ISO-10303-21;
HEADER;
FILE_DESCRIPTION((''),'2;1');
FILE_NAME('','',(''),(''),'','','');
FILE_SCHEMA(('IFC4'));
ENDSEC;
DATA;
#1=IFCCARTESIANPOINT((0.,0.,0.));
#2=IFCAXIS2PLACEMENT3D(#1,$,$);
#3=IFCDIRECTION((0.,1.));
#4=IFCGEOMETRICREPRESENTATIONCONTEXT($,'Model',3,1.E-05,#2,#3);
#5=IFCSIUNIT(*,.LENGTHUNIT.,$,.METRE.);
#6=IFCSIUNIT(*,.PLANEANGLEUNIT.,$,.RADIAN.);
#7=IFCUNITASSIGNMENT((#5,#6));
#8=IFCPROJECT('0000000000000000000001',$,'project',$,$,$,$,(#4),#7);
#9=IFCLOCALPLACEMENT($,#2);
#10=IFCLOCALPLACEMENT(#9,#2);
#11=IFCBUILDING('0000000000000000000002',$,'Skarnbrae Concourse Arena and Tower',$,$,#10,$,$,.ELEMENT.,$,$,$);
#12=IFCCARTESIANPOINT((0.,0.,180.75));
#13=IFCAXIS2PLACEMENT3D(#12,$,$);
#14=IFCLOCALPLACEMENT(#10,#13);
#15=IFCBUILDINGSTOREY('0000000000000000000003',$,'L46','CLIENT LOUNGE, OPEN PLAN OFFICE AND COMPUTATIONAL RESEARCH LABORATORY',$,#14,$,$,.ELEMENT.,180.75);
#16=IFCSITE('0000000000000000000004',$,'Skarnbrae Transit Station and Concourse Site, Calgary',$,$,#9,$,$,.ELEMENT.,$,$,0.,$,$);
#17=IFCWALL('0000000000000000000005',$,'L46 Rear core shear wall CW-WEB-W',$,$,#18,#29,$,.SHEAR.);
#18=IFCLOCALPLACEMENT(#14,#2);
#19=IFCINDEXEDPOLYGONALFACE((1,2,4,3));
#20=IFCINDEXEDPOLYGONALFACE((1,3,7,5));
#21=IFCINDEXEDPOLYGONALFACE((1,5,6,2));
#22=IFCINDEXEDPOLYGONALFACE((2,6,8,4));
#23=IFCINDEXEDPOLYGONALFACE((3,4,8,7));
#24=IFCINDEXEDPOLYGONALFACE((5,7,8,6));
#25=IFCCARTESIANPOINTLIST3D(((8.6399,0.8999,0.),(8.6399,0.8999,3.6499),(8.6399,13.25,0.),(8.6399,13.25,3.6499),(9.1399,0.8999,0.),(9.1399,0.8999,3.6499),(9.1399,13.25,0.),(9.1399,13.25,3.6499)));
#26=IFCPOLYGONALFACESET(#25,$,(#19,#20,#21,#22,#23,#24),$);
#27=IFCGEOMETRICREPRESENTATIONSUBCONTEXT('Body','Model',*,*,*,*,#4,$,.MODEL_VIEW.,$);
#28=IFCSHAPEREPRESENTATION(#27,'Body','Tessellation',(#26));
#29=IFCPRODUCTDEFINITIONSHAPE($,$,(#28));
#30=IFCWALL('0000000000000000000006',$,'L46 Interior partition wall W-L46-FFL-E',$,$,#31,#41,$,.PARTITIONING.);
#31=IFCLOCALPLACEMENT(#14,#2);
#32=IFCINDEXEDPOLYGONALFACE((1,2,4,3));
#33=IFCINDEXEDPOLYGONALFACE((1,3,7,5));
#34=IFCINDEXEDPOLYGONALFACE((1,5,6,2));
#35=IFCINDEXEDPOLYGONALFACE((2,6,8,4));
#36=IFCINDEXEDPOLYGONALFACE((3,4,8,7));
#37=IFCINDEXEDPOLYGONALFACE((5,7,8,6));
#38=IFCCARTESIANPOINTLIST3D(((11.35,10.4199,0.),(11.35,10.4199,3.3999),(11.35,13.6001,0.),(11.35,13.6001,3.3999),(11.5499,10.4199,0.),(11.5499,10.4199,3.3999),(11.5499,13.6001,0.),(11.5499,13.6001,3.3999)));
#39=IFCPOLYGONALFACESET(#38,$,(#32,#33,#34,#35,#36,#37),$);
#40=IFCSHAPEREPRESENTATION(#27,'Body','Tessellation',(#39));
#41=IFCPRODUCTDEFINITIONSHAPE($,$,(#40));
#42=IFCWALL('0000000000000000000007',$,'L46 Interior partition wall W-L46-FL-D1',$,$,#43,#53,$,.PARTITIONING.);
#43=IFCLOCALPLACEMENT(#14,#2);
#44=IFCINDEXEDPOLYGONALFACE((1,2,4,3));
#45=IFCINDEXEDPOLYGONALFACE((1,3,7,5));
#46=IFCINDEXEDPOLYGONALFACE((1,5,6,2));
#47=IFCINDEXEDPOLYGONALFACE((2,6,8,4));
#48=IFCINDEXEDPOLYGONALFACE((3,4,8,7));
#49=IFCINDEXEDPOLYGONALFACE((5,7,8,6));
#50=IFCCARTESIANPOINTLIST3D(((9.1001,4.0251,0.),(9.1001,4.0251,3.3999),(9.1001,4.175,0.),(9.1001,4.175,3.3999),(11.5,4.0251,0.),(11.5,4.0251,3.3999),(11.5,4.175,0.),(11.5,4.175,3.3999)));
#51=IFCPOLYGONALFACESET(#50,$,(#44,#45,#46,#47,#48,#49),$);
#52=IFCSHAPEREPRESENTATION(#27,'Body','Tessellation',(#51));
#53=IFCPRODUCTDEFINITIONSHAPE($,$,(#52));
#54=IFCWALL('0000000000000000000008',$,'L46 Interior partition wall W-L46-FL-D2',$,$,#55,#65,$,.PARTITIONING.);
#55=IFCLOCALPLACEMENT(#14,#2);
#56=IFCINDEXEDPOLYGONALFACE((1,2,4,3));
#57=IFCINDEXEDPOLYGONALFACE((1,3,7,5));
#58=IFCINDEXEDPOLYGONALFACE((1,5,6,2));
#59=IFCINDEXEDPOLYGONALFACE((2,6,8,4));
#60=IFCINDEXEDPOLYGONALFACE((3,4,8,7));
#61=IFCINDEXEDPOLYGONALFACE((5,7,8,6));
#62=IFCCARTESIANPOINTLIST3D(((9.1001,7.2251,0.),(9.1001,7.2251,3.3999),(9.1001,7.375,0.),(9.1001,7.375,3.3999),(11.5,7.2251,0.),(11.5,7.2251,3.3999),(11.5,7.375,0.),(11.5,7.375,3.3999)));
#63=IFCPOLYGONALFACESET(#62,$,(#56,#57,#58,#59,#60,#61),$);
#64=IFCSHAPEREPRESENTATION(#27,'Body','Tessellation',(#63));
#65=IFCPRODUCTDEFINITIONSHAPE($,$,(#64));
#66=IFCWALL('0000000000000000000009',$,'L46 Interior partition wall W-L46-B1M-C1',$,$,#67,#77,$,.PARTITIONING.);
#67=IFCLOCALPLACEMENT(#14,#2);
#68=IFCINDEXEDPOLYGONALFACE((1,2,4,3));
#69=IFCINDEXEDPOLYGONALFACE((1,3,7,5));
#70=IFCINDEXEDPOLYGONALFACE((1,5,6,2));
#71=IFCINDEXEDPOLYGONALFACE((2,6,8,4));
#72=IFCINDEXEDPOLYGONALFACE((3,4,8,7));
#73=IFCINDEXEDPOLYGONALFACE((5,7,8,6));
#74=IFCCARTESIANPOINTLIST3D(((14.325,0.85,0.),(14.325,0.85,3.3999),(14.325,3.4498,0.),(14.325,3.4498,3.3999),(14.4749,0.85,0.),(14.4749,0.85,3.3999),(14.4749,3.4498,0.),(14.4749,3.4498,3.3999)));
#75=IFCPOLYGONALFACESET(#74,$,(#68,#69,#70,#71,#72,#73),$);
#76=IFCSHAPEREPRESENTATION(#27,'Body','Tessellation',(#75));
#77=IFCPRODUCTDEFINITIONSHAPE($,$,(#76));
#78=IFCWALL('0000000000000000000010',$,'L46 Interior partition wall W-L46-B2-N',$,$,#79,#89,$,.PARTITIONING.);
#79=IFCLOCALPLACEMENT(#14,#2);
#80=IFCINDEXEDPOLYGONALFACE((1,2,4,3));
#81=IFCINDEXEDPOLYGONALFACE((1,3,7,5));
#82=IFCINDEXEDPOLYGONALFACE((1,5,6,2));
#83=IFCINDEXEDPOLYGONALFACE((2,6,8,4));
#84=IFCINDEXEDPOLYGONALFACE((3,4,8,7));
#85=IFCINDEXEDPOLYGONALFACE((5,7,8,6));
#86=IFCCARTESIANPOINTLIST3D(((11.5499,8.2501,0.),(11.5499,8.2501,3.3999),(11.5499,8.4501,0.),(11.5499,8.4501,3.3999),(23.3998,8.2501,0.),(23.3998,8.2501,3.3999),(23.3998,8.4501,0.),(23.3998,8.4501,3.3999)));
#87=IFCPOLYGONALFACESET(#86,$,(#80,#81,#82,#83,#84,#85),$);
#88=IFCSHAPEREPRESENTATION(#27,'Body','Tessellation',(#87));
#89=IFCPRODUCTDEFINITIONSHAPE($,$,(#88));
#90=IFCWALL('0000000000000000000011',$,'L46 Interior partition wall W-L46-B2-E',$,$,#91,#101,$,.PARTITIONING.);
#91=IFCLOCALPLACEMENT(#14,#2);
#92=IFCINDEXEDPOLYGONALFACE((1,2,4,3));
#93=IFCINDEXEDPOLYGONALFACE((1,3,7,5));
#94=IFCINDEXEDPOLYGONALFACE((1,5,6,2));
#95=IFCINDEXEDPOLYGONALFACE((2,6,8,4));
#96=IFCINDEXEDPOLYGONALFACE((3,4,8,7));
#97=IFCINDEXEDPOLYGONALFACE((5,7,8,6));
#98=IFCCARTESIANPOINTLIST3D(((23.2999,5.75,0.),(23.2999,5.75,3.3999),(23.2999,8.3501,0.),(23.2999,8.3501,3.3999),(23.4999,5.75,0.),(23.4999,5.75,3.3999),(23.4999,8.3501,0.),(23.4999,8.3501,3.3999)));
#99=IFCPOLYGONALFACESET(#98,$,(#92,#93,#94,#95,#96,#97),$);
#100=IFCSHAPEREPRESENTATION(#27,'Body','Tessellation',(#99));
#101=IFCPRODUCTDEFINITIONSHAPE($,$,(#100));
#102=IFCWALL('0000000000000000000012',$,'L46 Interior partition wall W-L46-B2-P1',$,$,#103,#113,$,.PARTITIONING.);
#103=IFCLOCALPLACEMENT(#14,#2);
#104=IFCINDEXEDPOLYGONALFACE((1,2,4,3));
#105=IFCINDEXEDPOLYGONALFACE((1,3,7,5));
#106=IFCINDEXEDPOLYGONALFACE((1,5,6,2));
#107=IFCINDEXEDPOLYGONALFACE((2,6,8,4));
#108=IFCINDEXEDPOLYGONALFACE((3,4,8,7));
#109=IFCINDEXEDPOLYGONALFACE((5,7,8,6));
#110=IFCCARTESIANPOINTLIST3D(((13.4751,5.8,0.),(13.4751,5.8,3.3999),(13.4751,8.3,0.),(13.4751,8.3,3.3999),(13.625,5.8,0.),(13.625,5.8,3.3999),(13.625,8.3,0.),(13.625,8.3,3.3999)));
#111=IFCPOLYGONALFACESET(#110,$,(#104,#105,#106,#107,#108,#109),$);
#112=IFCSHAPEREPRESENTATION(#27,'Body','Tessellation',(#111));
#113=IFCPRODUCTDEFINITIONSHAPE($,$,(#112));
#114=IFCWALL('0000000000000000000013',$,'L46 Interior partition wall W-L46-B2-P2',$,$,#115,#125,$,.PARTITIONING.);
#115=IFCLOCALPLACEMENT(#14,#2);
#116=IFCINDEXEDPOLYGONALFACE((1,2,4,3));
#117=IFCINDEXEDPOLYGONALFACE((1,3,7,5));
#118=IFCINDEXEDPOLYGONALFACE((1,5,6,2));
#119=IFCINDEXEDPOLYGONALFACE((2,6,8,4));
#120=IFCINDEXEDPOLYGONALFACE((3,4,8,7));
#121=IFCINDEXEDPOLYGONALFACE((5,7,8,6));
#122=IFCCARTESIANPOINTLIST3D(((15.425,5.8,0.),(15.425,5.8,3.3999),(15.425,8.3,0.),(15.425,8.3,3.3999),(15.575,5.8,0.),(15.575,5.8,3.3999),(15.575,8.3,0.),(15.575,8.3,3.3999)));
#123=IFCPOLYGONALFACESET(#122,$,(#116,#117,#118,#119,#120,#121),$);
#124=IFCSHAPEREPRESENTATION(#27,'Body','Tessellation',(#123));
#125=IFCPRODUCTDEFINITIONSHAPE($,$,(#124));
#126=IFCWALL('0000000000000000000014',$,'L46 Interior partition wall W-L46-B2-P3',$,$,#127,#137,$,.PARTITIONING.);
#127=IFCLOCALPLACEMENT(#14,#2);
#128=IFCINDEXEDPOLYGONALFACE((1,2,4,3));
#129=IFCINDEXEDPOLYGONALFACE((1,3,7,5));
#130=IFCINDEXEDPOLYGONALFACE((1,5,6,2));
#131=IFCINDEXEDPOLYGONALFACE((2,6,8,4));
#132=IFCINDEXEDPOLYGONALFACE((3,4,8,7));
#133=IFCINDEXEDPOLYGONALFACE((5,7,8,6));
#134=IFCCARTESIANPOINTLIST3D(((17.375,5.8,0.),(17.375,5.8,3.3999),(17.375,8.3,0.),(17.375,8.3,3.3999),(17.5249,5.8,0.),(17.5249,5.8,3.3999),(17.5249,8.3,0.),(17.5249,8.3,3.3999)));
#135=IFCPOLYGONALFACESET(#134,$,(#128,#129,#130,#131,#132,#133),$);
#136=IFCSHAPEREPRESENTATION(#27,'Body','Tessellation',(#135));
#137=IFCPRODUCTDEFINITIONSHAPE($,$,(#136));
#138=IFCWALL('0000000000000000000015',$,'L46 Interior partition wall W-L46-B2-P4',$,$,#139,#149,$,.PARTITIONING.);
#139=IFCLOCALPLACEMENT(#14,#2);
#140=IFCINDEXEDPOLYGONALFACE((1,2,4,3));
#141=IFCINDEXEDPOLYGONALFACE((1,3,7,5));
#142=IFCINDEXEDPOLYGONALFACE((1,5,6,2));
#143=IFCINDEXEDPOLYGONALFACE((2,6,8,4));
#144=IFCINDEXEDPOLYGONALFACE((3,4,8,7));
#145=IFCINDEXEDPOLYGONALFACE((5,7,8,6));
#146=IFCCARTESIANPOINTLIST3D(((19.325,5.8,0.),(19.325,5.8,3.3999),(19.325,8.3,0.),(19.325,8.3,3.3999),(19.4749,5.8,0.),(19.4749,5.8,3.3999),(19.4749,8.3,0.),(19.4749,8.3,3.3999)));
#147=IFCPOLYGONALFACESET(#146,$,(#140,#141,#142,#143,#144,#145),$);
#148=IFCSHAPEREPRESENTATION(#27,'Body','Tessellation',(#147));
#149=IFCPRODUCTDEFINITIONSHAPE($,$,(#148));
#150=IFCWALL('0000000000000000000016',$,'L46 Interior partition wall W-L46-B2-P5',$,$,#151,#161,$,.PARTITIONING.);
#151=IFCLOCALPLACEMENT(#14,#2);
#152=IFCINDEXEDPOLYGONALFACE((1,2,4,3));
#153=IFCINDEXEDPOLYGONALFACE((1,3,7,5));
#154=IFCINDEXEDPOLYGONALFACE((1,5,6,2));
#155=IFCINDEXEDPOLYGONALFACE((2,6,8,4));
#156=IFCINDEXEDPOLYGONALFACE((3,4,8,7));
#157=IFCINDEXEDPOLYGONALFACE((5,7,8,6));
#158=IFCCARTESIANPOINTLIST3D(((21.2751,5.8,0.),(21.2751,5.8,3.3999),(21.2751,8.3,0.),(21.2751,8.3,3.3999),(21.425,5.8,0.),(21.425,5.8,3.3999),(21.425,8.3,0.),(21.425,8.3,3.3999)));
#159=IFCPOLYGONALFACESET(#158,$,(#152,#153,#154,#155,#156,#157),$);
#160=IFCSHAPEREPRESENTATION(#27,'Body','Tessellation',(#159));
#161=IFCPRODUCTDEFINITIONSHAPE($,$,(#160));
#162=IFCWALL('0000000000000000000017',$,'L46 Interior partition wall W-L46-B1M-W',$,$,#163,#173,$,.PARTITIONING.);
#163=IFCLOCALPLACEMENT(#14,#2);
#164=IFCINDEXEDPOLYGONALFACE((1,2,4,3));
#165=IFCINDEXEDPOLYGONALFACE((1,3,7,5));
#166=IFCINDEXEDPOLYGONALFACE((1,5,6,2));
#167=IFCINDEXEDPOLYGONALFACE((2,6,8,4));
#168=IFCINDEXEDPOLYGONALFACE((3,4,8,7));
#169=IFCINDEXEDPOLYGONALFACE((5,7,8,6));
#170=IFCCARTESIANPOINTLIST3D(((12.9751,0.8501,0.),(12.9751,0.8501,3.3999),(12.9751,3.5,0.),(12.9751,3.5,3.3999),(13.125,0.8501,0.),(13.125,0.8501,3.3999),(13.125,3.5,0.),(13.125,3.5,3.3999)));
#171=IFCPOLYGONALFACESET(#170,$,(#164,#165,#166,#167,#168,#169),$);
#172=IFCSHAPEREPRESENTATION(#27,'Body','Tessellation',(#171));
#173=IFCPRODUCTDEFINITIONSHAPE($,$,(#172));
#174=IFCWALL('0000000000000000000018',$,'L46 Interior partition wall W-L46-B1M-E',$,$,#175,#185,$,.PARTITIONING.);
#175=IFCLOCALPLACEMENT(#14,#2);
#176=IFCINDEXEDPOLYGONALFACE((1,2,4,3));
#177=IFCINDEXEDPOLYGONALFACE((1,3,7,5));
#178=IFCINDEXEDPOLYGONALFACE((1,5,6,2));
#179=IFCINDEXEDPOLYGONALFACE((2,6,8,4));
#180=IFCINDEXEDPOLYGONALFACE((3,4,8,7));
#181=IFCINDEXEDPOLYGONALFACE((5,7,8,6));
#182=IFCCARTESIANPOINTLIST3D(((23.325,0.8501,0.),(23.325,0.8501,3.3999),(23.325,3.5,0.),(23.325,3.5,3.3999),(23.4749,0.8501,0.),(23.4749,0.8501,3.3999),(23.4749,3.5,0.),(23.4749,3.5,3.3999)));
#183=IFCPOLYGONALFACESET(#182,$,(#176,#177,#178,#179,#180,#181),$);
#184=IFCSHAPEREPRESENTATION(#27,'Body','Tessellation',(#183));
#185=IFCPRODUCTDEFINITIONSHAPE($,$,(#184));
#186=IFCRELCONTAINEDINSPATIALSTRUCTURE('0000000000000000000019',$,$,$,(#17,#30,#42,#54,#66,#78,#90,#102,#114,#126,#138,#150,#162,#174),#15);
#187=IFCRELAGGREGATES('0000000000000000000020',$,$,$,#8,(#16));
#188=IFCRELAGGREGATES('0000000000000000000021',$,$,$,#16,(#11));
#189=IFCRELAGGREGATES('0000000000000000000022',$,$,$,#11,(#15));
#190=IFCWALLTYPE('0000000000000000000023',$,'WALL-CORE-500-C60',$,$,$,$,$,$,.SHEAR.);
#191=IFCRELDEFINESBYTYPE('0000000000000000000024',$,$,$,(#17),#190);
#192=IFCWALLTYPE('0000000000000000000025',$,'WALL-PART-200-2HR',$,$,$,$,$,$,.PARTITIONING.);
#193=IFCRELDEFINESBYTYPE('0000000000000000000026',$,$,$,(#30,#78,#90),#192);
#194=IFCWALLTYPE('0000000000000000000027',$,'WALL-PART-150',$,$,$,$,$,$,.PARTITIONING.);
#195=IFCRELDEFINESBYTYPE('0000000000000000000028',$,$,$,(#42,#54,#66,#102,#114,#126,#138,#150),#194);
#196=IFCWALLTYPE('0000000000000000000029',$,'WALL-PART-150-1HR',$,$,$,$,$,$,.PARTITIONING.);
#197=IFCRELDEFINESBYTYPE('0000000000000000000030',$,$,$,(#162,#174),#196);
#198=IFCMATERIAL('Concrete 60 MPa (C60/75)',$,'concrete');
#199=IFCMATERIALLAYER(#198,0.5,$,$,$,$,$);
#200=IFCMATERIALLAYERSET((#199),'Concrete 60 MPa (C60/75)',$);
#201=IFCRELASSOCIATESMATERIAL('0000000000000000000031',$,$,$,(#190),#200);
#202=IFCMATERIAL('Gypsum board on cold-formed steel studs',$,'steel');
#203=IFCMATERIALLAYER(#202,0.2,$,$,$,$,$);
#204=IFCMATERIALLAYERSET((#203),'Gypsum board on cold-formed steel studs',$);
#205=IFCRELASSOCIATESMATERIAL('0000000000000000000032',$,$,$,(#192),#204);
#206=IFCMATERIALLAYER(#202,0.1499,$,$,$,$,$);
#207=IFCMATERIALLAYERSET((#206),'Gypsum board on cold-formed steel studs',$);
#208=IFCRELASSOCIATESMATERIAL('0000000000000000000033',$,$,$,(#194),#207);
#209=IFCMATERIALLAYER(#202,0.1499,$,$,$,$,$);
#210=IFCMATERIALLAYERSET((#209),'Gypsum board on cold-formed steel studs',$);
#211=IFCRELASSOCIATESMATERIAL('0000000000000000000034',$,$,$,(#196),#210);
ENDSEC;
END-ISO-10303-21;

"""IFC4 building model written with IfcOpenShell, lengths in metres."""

from ifc_helpers import new_model, si_unit, direction, frame, frame_2d, origin, place, context, subcontext, project, spatial, rectangle, extrude, source, transform, mapped, material, layer, layer_set, type_object, element, save


model = new_model("IFC4")

# Units and contexts
model_context = context("Model", 3, precision=1e-05, world=origin(), true_north=direction((0.0, 1.0)))
body_context = subcontext(model_context, "Body", "Model", "MODEL_VIEW")
ifc_project = project(units=[si_unit("LENGTHUNIT", "METRE"), si_unit("PLANEANGLEUNIT", "RADIAN")], contexts=[model_context])

# Site, building, storey
site_placement = place(None, origin())
site = spatial("IfcSite", under=ifc_project, at=site_placement, Name="Skarnbrae Transit Station and Concourse Site, Calgary", CompositionType="ELEMENT", RefElevation=0.0)
building_placement = place(site_placement, origin())
building = spatial("IfcBuilding", under=site, at=building_placement, Name="Skarnbrae Concourse Arena and Tower", CompositionType="ELEMENT")
storey_placement = place(building_placement, frame((0.0, 0.0, 180.75)))
storey = spatial("IfcBuildingStorey", under=building, at=storey_placement, Name="L46", Description="CLIENT LOUNGE, OPEN PLAN OFFICE AND COMPUTATIONAL RESEARCH LABORATORY", CompositionType="ELEMENT", Elevation=180.75)

# Walls
ifc_material_1 = material(Name="Concrete 60 MPa (C60/75)", Category="concrete")
ifc_layer_1 = layer(ifc_material_1, 0.5)
ifc_layer_set_1 = layer_set([ifc_layer_1], Name="Concrete 60 MPa (C60/75)")
wall_type_1 = type_object("IfcWallType", Name="WALL-CORE-500-C60", PredefinedType="SHEAR", material=ifc_layer_set_1)
shared_shape_1 = source(origin(), body_context, "Body", "SweptSolid", [
    extrude(rectangle(XDim=12.3501, YDim=0.5, at=frame_2d((6.175, 0.0))), origin(), (0.0, 0.0, 1.0), 3.6499),
])
wall_1_placement = place(storey_placement, frame((8.8899, 0.8999, 0.0), z_axis=(0.0, 0.0, 1.0), x_axis=(0.0, 1.0, 0.0)))
element("IfcWall", 1, at=wall_1_placement, inside=storey, type_object=wall_type_1, Name="L46 Rear core shear wall CW-WEB-W", PredefinedType="SHEAR", context=body_context, shape_type="MappedRepresentation", body=[
    mapped(shared_shape_1, transform((0.0, 0.0, 0.0))),
])
ifc_material_2 = material(Name="Gypsum board on cold-formed steel studs", Category="steel")
ifc_layer_2 = layer(ifc_material_2, 0.2)
ifc_layer_set_2 = layer_set([ifc_layer_2], Name="Gypsum board on cold-formed steel studs")
wall_type_2 = type_object("IfcWallType", Name="WALL-PART-200-2HR", PredefinedType="PARTITIONING", material=ifc_layer_set_2)
shared_shape_2 = source(origin(), body_context, "Body", "SweptSolid", [
    extrude(rectangle(XDim=3.1802, YDim=0.2, at=frame_2d((1.5901, 0.0))), origin(), (0.0, 0.0, 1.0), 3.3999),
])
wall_2_placement = place(storey_placement, frame((11.45, 10.4199, 0.0), z_axis=(0.0, 0.0, 1.0), x_axis=(0.0, 1.0, 0.0)))
element("IfcWall", 2, at=wall_2_placement, inside=storey, type_object=wall_type_2, Name="L46 Interior partition wall W-L46-FFL-E", PredefinedType="PARTITIONING", context=body_context, shape_type="MappedRepresentation", body=[
    mapped(shared_shape_2, transform((0.0, 0.0, 0.0))),
])

# Walls
ifc_layer_3 = layer(ifc_material_2, 0.1499)
ifc_layer_set_3 = layer_set([ifc_layer_3], Name="Gypsum board on cold-formed steel studs")
wall_type_3 = type_object("IfcWallType", Name="WALL-PART-150", PredefinedType="PARTITIONING", material=ifc_layer_set_3)
shared_shape_3 = source(origin(), body_context, "Body", "SweptSolid", [
    extrude(rectangle(XDim=2.3999, YDim=0.1499, at=frame_2d((1.2, 0.0))), origin(), (0.0, 0.0, 1.0), 3.3999),
])
for number, where, z_axis, x_axis, name in (
    (3, (9.1001, 4.1001, 0.0), (0.0, 0.0, 1.0), (1.0, 0.0, 0.0), "L46 Interior partition wall W-L46-FL-D1"),
    (4, (9.1001, 7.3, 0.0), (0.0, 0.0, 1.0), (1.0, 0.0, 0.0), "L46 Interior partition wall W-L46-FL-D2"),
):
    element("IfcWall", number, at=place(storey_placement, frame(where, z_axis=z_axis, x_axis=x_axis)), inside=storey, type_object=wall_type_3, Name=name, PredefinedType="PARTITIONING", context=body_context, shape_type="MappedRepresentation", body=[
        mapped(shared_shape_3, transform((0.0, 0.0, 0.0))),
    ])
shared_shape_4 = source(origin(), body_context, "Body", "SweptSolid", [
    extrude(rectangle(XDim=2.5999, YDim=0.1499, at=frame_2d((1.2998, 0.0))), origin(), (0.0, 0.0, 1.0), 3.3999),
])
wall_3_placement = place(storey_placement, frame((14.3999, 0.8501, 0.0), z_axis=(0.0, 0.0, 1.0), x_axis=(0.0, 1.0, 0.0)))
element("IfcWall", 5, at=wall_3_placement, inside=storey, type_object=wall_type_3, Name="L46 Interior partition wall W-L46-B1M-C1", PredefinedType="PARTITIONING", context=body_context, shape_type="MappedRepresentation", body=[
    mapped(shared_shape_4, transform((0.0, 0.0, 0.0))),
])

# Shared definitions
shared_shape_5 = source(origin(), body_context, "Body", "SweptSolid", [
    extrude(rectangle(XDim=11.8499, YDim=0.2, at=frame_2d((5.9248, 0.0))), origin(), (0.0, 0.0, 1.0), 3.3999),
])

# Walls
wall_4_placement = place(storey_placement, frame((11.55, 8.3501, 0.0), z_axis=(0.0, 0.0, 1.0), x_axis=(1.0, 0.0, 0.0)))
element("IfcWall", 6, at=wall_4_placement, inside=storey, type_object=wall_type_2, Name="L46 Interior partition wall W-L46-B2-N", PredefinedType="PARTITIONING", context=body_context, shape_type="MappedRepresentation", body=[
    mapped(shared_shape_5, transform((0.0, 0.0, 0.0))),
])
shared_shape_6 = source(origin(), body_context, "Body", "SweptSolid", [
    extrude(rectangle(XDim=2.6001, YDim=0.2, at=frame_2d((1.3, 0.0))), origin(), (0.0, 0.0, 1.0), 3.3999),
])
wall_5_placement = place(storey_placement, frame((23.3999, 5.75, 0.0), z_axis=(0.0, 0.0, 1.0), x_axis=(0.0, 1.0, 0.0)))
element("IfcWall", 7, at=wall_5_placement, inside=storey, type_object=wall_type_2, Name="L46 Interior partition wall W-L46-B2-E", PredefinedType="PARTITIONING", context=body_context, shape_type="MappedRepresentation", body=[
    mapped(shared_shape_6, transform((0.0, 0.0, 0.0))),
])
shared_shape_7 = source(origin(), body_context, "Body", "SweptSolid", [
    extrude(rectangle(XDim=2.5, YDim=0.1499, at=frame_2d((1.25, 0.0))), origin(), (0.0, 0.0, 1.0), 3.3999),
])
for number, where, z_axis, x_axis, name in (
    (8, (13.55, 5.8, 0.0), (0.0, 0.0, 1.0), (0.0, 1.0, 0.0), "L46 Interior partition wall W-L46-B2-P1"),
    (9, (15.5, 5.8, 0.0), (0.0, 0.0, 1.0), (0.0, 1.0, 0.0), "L46 Interior partition wall W-L46-B2-P2"),
    (10, (17.45, 5.8, 0.0), (0.0, 0.0, 1.0), (0.0, 1.0, 0.0), "L46 Interior partition wall W-L46-B2-P3"),
    (11, (19.3999, 5.8, 0.0), (0.0, 0.0, 1.0), (0.0, 1.0, 0.0), "L46 Interior partition wall W-L46-B2-P4"),
    (12, (21.3501, 5.8, 0.0), (0.0, 0.0, 1.0), (0.0, 1.0, 0.0), "L46 Interior partition wall W-L46-B2-P5"),
):
    element("IfcWall", number, at=place(storey_placement, frame(where, z_axis=z_axis, x_axis=x_axis)), inside=storey, type_object=wall_type_3, Name=name, PredefinedType="PARTITIONING", context=body_context, shape_type="MappedRepresentation", body=[
        mapped(shared_shape_7, transform((0.0, 0.0, 0.0))),
    ])
ifc_layer_4 = layer(ifc_material_2, 0.1499)
ifc_layer_set_4 = layer_set([ifc_layer_4], Name="Gypsum board on cold-formed steel studs")
wall_type_4 = type_object("IfcWallType", Name="WALL-PART-150-1HR", PredefinedType="PARTITIONING", material=ifc_layer_set_4)
shared_shape_8 = source(origin(), body_context, "Body", "SweptSolid", [
    extrude(rectangle(XDim=2.6499, YDim=0.1499, at=frame_2d((1.325, 0.0))), origin(), (0.0, 0.0, 1.0), 3.3999),
])
for number, where, z_axis, x_axis, name in (
    (13, (13.05, 0.8501, 0.0), (0.0, 0.0, 1.0), (0.0, 1.0, 0.0), "L46 Interior partition wall W-L46-B1M-W"),
    (14, (23.3999, 0.8501, 0.0), (0.0, 0.0, 1.0), (0.0, 1.0, 0.0), "L46 Interior partition wall W-L46-B1M-E"),
):
    element("IfcWall", number, at=place(storey_placement, frame(where, z_axis=z_axis, x_axis=x_axis)), inside=storey, type_object=wall_type_4, Name=name, PredefinedType="PARTITIONING", context=body_context, shape_type="MappedRepresentation", body=[
        mapped(shared_shape_8, transform((0.0, 0.0, 0.0))),
    ])

save(model, "model.ifc")
